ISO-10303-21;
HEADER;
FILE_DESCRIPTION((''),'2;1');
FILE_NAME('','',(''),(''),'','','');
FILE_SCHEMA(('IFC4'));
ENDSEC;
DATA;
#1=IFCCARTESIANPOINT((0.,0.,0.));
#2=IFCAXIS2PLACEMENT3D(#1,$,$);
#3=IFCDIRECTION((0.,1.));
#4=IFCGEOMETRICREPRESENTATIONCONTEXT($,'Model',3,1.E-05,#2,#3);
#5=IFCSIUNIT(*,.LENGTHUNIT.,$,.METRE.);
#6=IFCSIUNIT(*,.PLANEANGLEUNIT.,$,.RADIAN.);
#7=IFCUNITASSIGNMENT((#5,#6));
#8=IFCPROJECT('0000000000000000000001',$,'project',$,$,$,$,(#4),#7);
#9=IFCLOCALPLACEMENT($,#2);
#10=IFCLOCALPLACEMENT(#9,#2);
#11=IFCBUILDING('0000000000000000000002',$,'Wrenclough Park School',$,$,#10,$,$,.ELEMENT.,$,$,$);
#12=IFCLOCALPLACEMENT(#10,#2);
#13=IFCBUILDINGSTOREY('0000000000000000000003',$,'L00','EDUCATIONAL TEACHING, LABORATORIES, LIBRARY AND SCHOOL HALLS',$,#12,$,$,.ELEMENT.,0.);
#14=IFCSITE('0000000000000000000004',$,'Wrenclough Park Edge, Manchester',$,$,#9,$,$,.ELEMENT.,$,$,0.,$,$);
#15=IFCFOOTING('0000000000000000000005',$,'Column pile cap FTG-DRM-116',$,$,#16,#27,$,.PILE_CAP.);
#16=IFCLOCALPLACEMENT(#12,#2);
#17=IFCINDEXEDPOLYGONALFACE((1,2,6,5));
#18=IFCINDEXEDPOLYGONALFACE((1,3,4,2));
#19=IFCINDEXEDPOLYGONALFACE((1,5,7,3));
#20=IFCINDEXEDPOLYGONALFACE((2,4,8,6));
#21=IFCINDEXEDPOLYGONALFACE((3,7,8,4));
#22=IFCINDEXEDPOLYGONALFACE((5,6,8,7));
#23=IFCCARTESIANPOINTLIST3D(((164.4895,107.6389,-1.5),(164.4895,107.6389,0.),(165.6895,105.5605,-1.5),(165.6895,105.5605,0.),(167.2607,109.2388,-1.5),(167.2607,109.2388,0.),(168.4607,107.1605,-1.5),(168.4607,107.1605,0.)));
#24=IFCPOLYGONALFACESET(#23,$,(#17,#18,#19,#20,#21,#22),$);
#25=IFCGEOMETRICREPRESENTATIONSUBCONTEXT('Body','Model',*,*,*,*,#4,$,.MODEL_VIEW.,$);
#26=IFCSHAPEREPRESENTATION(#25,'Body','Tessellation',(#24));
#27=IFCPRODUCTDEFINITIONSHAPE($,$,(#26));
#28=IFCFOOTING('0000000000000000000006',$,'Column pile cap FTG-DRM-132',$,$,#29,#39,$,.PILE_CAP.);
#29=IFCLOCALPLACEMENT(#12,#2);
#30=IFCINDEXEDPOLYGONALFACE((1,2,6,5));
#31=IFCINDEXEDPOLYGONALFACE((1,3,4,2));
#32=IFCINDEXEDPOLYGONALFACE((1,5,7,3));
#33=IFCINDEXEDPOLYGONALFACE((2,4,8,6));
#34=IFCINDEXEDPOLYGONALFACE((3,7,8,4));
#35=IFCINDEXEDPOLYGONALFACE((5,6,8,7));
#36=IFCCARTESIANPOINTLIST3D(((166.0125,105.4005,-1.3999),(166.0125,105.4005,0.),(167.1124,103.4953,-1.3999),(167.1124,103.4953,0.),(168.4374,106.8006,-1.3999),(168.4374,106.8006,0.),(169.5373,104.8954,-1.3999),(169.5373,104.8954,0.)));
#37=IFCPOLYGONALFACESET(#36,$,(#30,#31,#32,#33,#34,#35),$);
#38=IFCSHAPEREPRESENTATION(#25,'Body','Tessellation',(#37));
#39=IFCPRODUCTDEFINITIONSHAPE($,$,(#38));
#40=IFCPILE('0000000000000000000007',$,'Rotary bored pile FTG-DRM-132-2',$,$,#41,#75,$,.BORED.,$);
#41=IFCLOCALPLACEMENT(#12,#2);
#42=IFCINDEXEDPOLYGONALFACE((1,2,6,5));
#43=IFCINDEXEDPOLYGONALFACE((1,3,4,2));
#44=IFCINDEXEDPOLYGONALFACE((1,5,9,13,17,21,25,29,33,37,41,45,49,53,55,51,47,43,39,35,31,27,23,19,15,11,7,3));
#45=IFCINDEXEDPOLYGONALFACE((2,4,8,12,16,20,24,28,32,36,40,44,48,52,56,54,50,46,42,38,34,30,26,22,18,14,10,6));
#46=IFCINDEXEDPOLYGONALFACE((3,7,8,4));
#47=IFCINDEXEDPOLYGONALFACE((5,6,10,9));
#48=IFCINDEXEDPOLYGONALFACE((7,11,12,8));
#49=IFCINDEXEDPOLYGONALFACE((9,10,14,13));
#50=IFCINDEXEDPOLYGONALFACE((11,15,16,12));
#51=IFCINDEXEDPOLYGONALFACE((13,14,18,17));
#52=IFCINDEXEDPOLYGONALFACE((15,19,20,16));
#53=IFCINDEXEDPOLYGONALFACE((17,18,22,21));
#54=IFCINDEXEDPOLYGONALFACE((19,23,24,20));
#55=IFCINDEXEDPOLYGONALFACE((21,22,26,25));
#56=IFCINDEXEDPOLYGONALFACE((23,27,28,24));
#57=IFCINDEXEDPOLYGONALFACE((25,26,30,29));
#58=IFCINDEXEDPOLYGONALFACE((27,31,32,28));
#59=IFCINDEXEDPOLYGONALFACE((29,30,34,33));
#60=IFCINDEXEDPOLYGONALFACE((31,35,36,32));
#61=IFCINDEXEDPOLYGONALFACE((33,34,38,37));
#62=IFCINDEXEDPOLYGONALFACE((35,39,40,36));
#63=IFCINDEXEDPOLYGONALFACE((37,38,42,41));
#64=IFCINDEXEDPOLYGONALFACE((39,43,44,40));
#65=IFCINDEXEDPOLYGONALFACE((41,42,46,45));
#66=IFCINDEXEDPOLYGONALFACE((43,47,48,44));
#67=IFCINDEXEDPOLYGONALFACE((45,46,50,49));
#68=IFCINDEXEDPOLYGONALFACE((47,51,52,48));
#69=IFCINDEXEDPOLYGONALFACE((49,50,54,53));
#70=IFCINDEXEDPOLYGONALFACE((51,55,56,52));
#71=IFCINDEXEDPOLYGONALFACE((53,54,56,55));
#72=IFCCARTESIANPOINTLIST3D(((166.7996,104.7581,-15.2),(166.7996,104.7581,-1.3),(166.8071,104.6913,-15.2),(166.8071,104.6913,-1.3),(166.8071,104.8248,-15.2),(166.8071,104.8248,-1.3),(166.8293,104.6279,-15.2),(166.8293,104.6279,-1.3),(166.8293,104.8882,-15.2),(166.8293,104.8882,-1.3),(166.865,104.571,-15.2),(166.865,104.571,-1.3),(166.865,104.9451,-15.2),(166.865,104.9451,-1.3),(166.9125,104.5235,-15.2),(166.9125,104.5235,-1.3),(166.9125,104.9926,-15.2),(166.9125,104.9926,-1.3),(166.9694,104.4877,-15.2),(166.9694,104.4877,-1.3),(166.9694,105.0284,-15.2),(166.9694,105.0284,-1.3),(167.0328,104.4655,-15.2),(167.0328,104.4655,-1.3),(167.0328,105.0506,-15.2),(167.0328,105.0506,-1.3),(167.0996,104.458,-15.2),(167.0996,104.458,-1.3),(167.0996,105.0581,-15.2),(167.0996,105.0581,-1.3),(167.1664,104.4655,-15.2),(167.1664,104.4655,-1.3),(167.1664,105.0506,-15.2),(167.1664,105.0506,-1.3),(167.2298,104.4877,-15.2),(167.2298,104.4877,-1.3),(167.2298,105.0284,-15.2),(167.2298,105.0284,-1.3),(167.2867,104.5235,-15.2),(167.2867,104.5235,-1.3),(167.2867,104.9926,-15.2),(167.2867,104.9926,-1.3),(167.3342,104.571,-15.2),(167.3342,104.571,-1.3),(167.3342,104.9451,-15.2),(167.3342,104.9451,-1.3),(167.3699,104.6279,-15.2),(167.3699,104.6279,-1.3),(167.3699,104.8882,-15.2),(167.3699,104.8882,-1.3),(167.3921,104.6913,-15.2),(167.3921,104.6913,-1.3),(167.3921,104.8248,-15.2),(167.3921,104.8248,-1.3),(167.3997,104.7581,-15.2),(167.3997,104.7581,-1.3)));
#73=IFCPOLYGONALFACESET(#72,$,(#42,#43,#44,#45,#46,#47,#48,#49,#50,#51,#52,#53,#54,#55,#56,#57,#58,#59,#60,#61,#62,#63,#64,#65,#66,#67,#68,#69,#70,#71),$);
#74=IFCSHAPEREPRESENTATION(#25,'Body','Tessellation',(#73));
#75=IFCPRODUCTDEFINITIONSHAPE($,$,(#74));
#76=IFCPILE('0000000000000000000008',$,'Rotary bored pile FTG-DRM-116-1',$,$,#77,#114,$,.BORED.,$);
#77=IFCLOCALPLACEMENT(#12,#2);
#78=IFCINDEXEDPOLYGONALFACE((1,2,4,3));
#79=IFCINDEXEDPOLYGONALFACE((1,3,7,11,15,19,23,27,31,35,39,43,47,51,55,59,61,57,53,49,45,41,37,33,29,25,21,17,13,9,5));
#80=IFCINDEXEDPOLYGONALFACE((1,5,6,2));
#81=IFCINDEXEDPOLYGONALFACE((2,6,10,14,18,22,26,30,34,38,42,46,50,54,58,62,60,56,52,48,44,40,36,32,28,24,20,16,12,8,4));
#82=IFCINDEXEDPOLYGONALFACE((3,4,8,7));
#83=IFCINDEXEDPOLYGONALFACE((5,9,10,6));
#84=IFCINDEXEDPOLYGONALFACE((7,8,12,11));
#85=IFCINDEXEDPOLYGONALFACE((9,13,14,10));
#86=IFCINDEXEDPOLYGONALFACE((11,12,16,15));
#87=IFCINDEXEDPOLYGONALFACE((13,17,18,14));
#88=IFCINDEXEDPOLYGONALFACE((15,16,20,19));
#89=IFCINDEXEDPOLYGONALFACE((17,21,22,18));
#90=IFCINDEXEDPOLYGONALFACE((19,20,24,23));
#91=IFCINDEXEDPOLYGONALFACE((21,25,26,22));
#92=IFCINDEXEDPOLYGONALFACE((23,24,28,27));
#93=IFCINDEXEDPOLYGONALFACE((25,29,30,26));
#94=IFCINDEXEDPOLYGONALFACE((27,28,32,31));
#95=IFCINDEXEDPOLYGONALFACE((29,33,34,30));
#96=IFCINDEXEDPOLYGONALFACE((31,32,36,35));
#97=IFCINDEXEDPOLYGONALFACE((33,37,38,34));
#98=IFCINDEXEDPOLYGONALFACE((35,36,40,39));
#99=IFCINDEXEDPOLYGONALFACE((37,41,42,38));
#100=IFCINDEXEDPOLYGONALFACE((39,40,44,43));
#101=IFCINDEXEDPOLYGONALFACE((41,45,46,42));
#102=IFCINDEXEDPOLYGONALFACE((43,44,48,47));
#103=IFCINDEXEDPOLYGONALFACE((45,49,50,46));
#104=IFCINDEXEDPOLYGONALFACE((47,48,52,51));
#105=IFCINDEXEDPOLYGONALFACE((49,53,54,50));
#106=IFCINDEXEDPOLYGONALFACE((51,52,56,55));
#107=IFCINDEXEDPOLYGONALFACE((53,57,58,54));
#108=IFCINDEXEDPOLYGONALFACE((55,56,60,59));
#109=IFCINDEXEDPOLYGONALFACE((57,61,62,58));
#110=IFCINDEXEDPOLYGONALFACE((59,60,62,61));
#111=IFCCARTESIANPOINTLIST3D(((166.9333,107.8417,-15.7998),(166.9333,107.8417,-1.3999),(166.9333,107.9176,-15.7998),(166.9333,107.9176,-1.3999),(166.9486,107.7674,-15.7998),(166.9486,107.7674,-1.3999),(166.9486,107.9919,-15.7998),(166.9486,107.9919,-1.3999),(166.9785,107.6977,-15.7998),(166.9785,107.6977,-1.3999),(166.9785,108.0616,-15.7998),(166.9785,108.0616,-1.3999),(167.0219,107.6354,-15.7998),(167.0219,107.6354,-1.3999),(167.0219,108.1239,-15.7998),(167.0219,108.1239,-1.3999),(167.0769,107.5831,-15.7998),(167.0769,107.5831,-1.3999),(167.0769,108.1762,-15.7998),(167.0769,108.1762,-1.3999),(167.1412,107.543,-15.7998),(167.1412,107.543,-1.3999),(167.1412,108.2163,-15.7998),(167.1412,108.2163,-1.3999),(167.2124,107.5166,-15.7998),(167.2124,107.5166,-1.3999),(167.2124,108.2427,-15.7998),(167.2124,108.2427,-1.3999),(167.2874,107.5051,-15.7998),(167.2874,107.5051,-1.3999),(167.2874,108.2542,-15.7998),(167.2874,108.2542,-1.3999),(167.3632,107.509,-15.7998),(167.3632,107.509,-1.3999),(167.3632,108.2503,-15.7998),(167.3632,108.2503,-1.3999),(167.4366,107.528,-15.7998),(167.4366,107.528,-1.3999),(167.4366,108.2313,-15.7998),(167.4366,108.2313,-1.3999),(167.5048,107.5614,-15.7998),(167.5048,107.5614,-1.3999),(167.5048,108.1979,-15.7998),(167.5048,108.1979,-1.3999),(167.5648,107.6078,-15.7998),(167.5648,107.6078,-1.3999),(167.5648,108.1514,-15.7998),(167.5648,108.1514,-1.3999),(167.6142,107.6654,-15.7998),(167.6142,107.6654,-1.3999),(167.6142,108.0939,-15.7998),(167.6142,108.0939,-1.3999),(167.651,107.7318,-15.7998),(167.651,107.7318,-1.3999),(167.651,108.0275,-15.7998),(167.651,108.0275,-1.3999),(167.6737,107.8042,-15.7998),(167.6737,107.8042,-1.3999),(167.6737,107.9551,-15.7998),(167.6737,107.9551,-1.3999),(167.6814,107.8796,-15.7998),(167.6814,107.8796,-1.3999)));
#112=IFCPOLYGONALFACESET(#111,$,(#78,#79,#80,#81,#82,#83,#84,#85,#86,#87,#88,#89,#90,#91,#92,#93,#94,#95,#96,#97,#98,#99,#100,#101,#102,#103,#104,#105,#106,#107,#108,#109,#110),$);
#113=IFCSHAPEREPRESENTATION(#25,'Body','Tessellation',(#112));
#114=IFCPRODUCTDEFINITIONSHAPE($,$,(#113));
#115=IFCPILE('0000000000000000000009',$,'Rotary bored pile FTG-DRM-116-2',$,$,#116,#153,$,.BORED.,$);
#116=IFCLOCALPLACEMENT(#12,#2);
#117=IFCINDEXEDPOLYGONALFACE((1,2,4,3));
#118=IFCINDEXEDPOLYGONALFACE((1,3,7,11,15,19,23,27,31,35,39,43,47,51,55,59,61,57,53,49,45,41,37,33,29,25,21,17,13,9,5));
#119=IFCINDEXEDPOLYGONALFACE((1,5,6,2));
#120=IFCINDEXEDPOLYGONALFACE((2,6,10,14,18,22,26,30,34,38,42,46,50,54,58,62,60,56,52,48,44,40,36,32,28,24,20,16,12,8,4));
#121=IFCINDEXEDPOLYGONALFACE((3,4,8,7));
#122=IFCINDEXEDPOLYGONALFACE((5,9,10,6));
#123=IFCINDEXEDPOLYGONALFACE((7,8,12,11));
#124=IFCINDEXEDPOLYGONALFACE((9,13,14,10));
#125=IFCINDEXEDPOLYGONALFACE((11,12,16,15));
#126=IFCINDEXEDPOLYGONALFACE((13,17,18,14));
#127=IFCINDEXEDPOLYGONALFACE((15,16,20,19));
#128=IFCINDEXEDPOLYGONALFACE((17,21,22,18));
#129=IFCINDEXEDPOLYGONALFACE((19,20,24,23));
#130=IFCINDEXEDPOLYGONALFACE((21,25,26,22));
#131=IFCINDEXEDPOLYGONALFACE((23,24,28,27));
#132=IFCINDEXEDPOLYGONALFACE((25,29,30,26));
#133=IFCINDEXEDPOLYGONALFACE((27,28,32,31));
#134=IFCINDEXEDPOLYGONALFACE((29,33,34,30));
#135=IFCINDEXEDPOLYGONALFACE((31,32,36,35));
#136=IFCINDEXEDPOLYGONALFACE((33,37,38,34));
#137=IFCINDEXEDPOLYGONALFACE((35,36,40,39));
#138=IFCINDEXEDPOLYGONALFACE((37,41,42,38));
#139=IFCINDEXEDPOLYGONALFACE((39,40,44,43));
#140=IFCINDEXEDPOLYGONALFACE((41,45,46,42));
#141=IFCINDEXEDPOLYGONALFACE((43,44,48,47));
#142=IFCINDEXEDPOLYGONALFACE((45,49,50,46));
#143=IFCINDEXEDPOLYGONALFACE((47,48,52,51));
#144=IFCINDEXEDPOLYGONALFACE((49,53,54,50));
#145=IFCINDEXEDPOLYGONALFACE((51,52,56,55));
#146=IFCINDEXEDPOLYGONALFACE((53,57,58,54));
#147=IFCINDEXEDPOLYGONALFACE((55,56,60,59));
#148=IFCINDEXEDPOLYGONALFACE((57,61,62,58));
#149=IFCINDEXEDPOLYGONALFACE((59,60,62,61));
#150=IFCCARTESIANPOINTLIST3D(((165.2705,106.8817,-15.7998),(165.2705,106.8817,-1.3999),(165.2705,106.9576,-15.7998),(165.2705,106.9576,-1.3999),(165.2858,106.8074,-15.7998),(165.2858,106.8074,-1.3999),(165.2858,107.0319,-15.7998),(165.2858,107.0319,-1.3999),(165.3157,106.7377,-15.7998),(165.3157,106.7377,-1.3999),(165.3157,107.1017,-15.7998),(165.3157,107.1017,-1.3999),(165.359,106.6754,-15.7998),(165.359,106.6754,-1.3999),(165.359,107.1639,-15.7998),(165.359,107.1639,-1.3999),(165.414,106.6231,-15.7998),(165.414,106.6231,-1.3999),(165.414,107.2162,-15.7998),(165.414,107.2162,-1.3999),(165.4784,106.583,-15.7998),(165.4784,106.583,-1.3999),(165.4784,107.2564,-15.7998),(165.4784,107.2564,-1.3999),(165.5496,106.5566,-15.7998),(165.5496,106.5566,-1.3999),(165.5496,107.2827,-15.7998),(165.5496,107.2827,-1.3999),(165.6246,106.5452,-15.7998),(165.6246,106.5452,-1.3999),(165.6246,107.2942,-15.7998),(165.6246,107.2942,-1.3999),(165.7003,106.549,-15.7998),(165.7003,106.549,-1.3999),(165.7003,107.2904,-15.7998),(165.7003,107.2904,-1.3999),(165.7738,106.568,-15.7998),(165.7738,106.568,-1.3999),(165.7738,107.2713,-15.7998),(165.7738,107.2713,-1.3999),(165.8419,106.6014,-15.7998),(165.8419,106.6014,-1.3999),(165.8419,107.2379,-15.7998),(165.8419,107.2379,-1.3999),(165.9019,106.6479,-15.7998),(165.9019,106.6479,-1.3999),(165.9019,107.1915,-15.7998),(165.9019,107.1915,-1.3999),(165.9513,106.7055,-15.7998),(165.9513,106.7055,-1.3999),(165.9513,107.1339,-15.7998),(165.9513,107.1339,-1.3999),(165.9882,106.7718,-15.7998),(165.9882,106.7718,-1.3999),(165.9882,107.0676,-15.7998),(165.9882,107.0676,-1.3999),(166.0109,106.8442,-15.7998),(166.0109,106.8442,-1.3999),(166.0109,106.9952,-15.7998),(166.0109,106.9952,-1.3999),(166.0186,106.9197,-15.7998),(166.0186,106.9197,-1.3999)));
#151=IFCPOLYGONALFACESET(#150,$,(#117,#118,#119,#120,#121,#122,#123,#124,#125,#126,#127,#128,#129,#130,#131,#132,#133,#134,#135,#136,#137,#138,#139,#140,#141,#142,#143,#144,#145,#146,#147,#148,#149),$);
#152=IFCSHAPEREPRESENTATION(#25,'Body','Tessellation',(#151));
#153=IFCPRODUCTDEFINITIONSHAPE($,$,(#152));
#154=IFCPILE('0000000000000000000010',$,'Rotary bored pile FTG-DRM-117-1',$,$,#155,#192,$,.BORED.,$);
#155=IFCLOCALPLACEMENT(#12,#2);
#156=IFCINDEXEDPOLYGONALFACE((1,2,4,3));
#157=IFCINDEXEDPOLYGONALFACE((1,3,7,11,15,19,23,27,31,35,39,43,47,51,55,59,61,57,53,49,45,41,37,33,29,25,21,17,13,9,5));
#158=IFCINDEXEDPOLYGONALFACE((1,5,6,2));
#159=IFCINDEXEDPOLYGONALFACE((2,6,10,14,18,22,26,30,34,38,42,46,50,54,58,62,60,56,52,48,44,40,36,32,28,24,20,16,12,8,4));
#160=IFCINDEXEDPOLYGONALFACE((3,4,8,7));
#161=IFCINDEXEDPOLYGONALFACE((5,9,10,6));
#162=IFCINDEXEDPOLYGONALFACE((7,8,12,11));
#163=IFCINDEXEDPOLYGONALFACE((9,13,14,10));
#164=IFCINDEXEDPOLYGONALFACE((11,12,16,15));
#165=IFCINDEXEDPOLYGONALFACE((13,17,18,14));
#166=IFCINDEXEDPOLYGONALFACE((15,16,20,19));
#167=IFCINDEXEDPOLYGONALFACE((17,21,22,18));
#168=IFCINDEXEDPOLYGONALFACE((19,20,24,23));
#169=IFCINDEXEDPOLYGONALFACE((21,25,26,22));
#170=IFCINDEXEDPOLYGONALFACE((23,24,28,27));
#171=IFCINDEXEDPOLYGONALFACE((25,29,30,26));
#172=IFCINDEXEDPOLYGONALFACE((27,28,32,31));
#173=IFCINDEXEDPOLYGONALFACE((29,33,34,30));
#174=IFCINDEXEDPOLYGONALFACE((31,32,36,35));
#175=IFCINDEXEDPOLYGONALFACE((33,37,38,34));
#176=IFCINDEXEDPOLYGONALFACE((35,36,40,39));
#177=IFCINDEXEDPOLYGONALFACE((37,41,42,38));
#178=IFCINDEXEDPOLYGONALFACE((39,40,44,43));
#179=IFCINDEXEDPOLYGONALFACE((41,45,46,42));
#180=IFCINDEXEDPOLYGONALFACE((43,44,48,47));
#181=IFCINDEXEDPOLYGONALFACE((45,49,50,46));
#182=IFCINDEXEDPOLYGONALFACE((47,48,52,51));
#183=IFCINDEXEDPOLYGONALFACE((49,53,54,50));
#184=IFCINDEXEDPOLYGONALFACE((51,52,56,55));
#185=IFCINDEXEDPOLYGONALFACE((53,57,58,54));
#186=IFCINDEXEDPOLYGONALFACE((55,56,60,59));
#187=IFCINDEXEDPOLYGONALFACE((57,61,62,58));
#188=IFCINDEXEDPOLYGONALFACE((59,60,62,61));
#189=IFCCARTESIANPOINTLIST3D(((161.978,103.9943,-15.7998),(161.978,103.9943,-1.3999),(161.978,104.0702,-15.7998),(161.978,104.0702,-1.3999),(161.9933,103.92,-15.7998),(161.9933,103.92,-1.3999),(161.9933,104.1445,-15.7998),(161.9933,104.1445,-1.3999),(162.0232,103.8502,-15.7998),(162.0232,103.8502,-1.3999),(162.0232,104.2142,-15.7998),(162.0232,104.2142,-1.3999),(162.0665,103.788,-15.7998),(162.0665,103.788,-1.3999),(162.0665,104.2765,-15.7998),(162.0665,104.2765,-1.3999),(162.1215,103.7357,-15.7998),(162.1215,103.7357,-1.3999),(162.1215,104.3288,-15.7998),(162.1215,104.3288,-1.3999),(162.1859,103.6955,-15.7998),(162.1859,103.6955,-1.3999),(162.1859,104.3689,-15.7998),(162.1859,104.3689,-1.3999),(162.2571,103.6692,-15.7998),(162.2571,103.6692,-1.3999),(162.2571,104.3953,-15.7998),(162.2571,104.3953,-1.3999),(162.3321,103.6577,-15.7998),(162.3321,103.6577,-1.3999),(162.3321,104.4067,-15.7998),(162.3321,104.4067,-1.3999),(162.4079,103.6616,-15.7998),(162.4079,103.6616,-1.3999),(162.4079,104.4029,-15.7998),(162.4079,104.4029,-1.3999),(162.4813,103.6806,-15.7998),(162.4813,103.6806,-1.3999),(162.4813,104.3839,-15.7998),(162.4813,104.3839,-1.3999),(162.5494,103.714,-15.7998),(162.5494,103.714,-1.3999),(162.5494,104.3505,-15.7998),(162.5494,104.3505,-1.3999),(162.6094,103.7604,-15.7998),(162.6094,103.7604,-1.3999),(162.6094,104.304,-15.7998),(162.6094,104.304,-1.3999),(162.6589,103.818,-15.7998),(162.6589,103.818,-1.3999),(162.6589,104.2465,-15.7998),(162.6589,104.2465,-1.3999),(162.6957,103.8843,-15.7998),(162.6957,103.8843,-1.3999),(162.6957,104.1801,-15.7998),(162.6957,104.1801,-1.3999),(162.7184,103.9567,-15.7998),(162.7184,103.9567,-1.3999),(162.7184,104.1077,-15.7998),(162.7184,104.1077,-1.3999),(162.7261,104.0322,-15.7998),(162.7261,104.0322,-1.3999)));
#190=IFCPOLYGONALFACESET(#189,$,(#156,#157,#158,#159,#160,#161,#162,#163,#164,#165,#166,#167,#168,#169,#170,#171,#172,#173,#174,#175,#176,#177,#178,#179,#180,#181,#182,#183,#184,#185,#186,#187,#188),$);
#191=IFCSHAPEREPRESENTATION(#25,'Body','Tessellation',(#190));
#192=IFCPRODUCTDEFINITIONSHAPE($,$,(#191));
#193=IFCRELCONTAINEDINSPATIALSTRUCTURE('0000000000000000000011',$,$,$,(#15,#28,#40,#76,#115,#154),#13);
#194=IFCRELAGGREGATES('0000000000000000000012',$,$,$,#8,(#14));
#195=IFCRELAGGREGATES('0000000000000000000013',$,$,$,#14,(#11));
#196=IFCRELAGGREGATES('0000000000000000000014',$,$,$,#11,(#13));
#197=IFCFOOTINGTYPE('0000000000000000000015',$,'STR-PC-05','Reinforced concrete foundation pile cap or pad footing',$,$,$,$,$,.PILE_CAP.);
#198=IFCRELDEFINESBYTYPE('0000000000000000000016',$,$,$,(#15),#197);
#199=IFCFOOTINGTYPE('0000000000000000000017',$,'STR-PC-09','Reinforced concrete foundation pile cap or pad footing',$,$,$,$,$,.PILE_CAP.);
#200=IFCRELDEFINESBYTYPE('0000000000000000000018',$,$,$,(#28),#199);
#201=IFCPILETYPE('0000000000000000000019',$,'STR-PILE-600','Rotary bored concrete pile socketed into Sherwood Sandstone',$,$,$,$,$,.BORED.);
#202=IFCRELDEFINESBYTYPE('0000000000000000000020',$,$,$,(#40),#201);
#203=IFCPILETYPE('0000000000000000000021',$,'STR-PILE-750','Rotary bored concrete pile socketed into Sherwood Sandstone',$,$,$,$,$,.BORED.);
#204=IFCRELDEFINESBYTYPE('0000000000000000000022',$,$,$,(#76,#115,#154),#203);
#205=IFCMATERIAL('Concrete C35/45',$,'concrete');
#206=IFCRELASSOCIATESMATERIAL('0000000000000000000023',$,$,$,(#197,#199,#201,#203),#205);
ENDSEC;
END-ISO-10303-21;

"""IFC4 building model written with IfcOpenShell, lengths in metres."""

from ifc_helpers import new_model, si_unit, direction, frame, origin, origin_2d, place, context, subcontext, project, spatial, rectangle, circle, extrude, material, material_profile, profile_set, type_object, element, save


model = new_model("IFC4")

# Units and contexts
model_context = context("Model", 3, precision=1e-05, world=origin(), true_north=direction((0.0, 1.0)))
body_context = subcontext(model_context, "Body", "Model", "MODEL_VIEW")
ifc_project = project(units=[si_unit("LENGTHUNIT", "METRE"), si_unit("PLANEANGLEUNIT", "RADIAN")], contexts=[model_context])

# Site, building, storey
site_placement = place(None, origin())
site = spatial("IfcSite", under=ifc_project, at=site_placement, Name="Wrenclough Park Edge, Manchester", CompositionType="ELEMENT", RefElevation=0.0)
building_placement = place(site_placement, origin())
building = spatial("IfcBuilding", under=site, at=building_placement, Name="Wrenclough Park School", CompositionType="ELEMENT")
storey_placement = place(building_placement, origin())
storey = spatial("IfcBuildingStorey", under=building, at=storey_placement, Name="L00", Description="EDUCATIONAL TEACHING, LABORATORIES, LIBRARY AND SCHOOL HALLS", CompositionType="ELEMENT", Elevation=0.0)

# Footings
ifc_material_1 = material(Name="Concrete C35/45", Category="concrete")
footing_type_1 = type_object("IfcFootingType", Name="STR-PC-05", Description="Reinforced concrete foundation pile cap or pad footing", PredefinedType="PILE_CAP", material=ifc_material_1)
footing_1_placement = place(storey_placement, frame((166.4751, 107.3997, -1.5), z_axis=(0.0, 0.0, 1.0), x_axis=(-0.866025, -0.5, 0.0)))
element("IfcFooting", 1, at=footing_1_placement, inside=storey, type_object=footing_type_1, Name="Column pile cap FTG-DRM-116", PredefinedType="PILE_CAP", context=body_context, shape_type="SweptSolid", body=[
    extrude(rectangle(XDim=3.2, YDim=2.3999, at=origin_2d()), origin(), (0.0, 0.0, 1.0), 1.5),
])
footing_type_2 = type_object("IfcFootingType", Name="STR-PC-09", Description="Reinforced concrete foundation pile cap or pad footing", PredefinedType="PILE_CAP", material=ifc_material_1)
footing_2_placement = place(storey_placement, frame((167.7749, 105.1479, -1.3999), z_axis=(0.0, 0.0, 1.0), x_axis=(-0.866025, -0.5, 0.0)))
element("IfcFooting", 2, at=footing_2_placement, inside=storey, type_object=footing_type_2, Name="Column pile cap FTG-DRM-132", PredefinedType="PILE_CAP", context=body_context, shape_type="SweptSolid", body=[
    extrude(rectangle(XDim=2.8, YDim=2.2, at=origin_2d()), origin(), (0.0, 0.0, 1.0), 1.3999),
])

# Piles
ifc_material_profile_1 = material_profile(ifc_material_1, circle(Radius=0.3, at=origin_2d()), Name="BORED PILE D600")
ifc_profile_set_1 = profile_set([ifc_material_profile_1], Name="Concrete C35/45")
pile_type_1 = type_object("IfcPileType", Name="STR-PILE-600", Description="Rotary bored concrete pile socketed into Sherwood Sandstone", PredefinedType="BORED", material=ifc_profile_set_1)
pile_placement = place(storey_placement, frame((167.0996, 104.7581, -1.3), z_axis=(0.0, 0.0, -1.0), x_axis=(1.0, 0.0, 0.0)))
element("IfcPile", 3, at=pile_placement, inside=storey, type_object=pile_type_1, Name="Rotary bored pile FTG-DRM-132-2", PredefinedType="BORED", context=body_context, shape_type="SweptSolid", body=[
    extrude(circle(Radius=0.3, at=origin_2d()), origin(), (0.0, 0.0, 1.0), 13.8999),
])
ifc_material_profile_2 = material_profile(ifc_material_1, circle(Radius=0.375, at=origin_2d()), Name="BORED PILE D750")
ifc_profile_set_2 = profile_set([ifc_material_profile_2], Name="Concrete C35/45")
pile_type_2 = type_object("IfcPileType", Name="STR-PILE-750", Description="Rotary bored concrete pile socketed into Sherwood Sandstone", PredefinedType="BORED", material=ifc_profile_set_2)
for number, where, z_axis, x_axis, name in (
    (4, (167.3064, 107.8796, -1.3999), (0.0, 0.0, -1.0), (1.0, 0.0, 0.0), "Rotary bored pile FTG-DRM-116-1"),
    (5, (165.6436, 106.9197, -1.3999), (0.0, 0.0, -1.0), (1.0, 0.0, 0.0), "Rotary bored pile FTG-DRM-116-2"),
    (6, (162.3511, 104.0322, -1.3999), (0.0, 0.0, -1.0), (1.0, 0.0, 0.0), "Rotary bored pile FTG-DRM-117-1"),
):
    element("IfcPile", number, at=place(storey_placement, frame(where, z_axis=z_axis, x_axis=x_axis)), inside=storey, type_object=pile_type_2, Name=name, PredefinedType="BORED", context=body_context, shape_type="SweptSolid", body=[
        extrude(circle(Radius=0.375, at=origin_2d()), origin(), (0.0, 0.0, 1.0), 14.3999),
    ])

save(model, "model.ifc")
